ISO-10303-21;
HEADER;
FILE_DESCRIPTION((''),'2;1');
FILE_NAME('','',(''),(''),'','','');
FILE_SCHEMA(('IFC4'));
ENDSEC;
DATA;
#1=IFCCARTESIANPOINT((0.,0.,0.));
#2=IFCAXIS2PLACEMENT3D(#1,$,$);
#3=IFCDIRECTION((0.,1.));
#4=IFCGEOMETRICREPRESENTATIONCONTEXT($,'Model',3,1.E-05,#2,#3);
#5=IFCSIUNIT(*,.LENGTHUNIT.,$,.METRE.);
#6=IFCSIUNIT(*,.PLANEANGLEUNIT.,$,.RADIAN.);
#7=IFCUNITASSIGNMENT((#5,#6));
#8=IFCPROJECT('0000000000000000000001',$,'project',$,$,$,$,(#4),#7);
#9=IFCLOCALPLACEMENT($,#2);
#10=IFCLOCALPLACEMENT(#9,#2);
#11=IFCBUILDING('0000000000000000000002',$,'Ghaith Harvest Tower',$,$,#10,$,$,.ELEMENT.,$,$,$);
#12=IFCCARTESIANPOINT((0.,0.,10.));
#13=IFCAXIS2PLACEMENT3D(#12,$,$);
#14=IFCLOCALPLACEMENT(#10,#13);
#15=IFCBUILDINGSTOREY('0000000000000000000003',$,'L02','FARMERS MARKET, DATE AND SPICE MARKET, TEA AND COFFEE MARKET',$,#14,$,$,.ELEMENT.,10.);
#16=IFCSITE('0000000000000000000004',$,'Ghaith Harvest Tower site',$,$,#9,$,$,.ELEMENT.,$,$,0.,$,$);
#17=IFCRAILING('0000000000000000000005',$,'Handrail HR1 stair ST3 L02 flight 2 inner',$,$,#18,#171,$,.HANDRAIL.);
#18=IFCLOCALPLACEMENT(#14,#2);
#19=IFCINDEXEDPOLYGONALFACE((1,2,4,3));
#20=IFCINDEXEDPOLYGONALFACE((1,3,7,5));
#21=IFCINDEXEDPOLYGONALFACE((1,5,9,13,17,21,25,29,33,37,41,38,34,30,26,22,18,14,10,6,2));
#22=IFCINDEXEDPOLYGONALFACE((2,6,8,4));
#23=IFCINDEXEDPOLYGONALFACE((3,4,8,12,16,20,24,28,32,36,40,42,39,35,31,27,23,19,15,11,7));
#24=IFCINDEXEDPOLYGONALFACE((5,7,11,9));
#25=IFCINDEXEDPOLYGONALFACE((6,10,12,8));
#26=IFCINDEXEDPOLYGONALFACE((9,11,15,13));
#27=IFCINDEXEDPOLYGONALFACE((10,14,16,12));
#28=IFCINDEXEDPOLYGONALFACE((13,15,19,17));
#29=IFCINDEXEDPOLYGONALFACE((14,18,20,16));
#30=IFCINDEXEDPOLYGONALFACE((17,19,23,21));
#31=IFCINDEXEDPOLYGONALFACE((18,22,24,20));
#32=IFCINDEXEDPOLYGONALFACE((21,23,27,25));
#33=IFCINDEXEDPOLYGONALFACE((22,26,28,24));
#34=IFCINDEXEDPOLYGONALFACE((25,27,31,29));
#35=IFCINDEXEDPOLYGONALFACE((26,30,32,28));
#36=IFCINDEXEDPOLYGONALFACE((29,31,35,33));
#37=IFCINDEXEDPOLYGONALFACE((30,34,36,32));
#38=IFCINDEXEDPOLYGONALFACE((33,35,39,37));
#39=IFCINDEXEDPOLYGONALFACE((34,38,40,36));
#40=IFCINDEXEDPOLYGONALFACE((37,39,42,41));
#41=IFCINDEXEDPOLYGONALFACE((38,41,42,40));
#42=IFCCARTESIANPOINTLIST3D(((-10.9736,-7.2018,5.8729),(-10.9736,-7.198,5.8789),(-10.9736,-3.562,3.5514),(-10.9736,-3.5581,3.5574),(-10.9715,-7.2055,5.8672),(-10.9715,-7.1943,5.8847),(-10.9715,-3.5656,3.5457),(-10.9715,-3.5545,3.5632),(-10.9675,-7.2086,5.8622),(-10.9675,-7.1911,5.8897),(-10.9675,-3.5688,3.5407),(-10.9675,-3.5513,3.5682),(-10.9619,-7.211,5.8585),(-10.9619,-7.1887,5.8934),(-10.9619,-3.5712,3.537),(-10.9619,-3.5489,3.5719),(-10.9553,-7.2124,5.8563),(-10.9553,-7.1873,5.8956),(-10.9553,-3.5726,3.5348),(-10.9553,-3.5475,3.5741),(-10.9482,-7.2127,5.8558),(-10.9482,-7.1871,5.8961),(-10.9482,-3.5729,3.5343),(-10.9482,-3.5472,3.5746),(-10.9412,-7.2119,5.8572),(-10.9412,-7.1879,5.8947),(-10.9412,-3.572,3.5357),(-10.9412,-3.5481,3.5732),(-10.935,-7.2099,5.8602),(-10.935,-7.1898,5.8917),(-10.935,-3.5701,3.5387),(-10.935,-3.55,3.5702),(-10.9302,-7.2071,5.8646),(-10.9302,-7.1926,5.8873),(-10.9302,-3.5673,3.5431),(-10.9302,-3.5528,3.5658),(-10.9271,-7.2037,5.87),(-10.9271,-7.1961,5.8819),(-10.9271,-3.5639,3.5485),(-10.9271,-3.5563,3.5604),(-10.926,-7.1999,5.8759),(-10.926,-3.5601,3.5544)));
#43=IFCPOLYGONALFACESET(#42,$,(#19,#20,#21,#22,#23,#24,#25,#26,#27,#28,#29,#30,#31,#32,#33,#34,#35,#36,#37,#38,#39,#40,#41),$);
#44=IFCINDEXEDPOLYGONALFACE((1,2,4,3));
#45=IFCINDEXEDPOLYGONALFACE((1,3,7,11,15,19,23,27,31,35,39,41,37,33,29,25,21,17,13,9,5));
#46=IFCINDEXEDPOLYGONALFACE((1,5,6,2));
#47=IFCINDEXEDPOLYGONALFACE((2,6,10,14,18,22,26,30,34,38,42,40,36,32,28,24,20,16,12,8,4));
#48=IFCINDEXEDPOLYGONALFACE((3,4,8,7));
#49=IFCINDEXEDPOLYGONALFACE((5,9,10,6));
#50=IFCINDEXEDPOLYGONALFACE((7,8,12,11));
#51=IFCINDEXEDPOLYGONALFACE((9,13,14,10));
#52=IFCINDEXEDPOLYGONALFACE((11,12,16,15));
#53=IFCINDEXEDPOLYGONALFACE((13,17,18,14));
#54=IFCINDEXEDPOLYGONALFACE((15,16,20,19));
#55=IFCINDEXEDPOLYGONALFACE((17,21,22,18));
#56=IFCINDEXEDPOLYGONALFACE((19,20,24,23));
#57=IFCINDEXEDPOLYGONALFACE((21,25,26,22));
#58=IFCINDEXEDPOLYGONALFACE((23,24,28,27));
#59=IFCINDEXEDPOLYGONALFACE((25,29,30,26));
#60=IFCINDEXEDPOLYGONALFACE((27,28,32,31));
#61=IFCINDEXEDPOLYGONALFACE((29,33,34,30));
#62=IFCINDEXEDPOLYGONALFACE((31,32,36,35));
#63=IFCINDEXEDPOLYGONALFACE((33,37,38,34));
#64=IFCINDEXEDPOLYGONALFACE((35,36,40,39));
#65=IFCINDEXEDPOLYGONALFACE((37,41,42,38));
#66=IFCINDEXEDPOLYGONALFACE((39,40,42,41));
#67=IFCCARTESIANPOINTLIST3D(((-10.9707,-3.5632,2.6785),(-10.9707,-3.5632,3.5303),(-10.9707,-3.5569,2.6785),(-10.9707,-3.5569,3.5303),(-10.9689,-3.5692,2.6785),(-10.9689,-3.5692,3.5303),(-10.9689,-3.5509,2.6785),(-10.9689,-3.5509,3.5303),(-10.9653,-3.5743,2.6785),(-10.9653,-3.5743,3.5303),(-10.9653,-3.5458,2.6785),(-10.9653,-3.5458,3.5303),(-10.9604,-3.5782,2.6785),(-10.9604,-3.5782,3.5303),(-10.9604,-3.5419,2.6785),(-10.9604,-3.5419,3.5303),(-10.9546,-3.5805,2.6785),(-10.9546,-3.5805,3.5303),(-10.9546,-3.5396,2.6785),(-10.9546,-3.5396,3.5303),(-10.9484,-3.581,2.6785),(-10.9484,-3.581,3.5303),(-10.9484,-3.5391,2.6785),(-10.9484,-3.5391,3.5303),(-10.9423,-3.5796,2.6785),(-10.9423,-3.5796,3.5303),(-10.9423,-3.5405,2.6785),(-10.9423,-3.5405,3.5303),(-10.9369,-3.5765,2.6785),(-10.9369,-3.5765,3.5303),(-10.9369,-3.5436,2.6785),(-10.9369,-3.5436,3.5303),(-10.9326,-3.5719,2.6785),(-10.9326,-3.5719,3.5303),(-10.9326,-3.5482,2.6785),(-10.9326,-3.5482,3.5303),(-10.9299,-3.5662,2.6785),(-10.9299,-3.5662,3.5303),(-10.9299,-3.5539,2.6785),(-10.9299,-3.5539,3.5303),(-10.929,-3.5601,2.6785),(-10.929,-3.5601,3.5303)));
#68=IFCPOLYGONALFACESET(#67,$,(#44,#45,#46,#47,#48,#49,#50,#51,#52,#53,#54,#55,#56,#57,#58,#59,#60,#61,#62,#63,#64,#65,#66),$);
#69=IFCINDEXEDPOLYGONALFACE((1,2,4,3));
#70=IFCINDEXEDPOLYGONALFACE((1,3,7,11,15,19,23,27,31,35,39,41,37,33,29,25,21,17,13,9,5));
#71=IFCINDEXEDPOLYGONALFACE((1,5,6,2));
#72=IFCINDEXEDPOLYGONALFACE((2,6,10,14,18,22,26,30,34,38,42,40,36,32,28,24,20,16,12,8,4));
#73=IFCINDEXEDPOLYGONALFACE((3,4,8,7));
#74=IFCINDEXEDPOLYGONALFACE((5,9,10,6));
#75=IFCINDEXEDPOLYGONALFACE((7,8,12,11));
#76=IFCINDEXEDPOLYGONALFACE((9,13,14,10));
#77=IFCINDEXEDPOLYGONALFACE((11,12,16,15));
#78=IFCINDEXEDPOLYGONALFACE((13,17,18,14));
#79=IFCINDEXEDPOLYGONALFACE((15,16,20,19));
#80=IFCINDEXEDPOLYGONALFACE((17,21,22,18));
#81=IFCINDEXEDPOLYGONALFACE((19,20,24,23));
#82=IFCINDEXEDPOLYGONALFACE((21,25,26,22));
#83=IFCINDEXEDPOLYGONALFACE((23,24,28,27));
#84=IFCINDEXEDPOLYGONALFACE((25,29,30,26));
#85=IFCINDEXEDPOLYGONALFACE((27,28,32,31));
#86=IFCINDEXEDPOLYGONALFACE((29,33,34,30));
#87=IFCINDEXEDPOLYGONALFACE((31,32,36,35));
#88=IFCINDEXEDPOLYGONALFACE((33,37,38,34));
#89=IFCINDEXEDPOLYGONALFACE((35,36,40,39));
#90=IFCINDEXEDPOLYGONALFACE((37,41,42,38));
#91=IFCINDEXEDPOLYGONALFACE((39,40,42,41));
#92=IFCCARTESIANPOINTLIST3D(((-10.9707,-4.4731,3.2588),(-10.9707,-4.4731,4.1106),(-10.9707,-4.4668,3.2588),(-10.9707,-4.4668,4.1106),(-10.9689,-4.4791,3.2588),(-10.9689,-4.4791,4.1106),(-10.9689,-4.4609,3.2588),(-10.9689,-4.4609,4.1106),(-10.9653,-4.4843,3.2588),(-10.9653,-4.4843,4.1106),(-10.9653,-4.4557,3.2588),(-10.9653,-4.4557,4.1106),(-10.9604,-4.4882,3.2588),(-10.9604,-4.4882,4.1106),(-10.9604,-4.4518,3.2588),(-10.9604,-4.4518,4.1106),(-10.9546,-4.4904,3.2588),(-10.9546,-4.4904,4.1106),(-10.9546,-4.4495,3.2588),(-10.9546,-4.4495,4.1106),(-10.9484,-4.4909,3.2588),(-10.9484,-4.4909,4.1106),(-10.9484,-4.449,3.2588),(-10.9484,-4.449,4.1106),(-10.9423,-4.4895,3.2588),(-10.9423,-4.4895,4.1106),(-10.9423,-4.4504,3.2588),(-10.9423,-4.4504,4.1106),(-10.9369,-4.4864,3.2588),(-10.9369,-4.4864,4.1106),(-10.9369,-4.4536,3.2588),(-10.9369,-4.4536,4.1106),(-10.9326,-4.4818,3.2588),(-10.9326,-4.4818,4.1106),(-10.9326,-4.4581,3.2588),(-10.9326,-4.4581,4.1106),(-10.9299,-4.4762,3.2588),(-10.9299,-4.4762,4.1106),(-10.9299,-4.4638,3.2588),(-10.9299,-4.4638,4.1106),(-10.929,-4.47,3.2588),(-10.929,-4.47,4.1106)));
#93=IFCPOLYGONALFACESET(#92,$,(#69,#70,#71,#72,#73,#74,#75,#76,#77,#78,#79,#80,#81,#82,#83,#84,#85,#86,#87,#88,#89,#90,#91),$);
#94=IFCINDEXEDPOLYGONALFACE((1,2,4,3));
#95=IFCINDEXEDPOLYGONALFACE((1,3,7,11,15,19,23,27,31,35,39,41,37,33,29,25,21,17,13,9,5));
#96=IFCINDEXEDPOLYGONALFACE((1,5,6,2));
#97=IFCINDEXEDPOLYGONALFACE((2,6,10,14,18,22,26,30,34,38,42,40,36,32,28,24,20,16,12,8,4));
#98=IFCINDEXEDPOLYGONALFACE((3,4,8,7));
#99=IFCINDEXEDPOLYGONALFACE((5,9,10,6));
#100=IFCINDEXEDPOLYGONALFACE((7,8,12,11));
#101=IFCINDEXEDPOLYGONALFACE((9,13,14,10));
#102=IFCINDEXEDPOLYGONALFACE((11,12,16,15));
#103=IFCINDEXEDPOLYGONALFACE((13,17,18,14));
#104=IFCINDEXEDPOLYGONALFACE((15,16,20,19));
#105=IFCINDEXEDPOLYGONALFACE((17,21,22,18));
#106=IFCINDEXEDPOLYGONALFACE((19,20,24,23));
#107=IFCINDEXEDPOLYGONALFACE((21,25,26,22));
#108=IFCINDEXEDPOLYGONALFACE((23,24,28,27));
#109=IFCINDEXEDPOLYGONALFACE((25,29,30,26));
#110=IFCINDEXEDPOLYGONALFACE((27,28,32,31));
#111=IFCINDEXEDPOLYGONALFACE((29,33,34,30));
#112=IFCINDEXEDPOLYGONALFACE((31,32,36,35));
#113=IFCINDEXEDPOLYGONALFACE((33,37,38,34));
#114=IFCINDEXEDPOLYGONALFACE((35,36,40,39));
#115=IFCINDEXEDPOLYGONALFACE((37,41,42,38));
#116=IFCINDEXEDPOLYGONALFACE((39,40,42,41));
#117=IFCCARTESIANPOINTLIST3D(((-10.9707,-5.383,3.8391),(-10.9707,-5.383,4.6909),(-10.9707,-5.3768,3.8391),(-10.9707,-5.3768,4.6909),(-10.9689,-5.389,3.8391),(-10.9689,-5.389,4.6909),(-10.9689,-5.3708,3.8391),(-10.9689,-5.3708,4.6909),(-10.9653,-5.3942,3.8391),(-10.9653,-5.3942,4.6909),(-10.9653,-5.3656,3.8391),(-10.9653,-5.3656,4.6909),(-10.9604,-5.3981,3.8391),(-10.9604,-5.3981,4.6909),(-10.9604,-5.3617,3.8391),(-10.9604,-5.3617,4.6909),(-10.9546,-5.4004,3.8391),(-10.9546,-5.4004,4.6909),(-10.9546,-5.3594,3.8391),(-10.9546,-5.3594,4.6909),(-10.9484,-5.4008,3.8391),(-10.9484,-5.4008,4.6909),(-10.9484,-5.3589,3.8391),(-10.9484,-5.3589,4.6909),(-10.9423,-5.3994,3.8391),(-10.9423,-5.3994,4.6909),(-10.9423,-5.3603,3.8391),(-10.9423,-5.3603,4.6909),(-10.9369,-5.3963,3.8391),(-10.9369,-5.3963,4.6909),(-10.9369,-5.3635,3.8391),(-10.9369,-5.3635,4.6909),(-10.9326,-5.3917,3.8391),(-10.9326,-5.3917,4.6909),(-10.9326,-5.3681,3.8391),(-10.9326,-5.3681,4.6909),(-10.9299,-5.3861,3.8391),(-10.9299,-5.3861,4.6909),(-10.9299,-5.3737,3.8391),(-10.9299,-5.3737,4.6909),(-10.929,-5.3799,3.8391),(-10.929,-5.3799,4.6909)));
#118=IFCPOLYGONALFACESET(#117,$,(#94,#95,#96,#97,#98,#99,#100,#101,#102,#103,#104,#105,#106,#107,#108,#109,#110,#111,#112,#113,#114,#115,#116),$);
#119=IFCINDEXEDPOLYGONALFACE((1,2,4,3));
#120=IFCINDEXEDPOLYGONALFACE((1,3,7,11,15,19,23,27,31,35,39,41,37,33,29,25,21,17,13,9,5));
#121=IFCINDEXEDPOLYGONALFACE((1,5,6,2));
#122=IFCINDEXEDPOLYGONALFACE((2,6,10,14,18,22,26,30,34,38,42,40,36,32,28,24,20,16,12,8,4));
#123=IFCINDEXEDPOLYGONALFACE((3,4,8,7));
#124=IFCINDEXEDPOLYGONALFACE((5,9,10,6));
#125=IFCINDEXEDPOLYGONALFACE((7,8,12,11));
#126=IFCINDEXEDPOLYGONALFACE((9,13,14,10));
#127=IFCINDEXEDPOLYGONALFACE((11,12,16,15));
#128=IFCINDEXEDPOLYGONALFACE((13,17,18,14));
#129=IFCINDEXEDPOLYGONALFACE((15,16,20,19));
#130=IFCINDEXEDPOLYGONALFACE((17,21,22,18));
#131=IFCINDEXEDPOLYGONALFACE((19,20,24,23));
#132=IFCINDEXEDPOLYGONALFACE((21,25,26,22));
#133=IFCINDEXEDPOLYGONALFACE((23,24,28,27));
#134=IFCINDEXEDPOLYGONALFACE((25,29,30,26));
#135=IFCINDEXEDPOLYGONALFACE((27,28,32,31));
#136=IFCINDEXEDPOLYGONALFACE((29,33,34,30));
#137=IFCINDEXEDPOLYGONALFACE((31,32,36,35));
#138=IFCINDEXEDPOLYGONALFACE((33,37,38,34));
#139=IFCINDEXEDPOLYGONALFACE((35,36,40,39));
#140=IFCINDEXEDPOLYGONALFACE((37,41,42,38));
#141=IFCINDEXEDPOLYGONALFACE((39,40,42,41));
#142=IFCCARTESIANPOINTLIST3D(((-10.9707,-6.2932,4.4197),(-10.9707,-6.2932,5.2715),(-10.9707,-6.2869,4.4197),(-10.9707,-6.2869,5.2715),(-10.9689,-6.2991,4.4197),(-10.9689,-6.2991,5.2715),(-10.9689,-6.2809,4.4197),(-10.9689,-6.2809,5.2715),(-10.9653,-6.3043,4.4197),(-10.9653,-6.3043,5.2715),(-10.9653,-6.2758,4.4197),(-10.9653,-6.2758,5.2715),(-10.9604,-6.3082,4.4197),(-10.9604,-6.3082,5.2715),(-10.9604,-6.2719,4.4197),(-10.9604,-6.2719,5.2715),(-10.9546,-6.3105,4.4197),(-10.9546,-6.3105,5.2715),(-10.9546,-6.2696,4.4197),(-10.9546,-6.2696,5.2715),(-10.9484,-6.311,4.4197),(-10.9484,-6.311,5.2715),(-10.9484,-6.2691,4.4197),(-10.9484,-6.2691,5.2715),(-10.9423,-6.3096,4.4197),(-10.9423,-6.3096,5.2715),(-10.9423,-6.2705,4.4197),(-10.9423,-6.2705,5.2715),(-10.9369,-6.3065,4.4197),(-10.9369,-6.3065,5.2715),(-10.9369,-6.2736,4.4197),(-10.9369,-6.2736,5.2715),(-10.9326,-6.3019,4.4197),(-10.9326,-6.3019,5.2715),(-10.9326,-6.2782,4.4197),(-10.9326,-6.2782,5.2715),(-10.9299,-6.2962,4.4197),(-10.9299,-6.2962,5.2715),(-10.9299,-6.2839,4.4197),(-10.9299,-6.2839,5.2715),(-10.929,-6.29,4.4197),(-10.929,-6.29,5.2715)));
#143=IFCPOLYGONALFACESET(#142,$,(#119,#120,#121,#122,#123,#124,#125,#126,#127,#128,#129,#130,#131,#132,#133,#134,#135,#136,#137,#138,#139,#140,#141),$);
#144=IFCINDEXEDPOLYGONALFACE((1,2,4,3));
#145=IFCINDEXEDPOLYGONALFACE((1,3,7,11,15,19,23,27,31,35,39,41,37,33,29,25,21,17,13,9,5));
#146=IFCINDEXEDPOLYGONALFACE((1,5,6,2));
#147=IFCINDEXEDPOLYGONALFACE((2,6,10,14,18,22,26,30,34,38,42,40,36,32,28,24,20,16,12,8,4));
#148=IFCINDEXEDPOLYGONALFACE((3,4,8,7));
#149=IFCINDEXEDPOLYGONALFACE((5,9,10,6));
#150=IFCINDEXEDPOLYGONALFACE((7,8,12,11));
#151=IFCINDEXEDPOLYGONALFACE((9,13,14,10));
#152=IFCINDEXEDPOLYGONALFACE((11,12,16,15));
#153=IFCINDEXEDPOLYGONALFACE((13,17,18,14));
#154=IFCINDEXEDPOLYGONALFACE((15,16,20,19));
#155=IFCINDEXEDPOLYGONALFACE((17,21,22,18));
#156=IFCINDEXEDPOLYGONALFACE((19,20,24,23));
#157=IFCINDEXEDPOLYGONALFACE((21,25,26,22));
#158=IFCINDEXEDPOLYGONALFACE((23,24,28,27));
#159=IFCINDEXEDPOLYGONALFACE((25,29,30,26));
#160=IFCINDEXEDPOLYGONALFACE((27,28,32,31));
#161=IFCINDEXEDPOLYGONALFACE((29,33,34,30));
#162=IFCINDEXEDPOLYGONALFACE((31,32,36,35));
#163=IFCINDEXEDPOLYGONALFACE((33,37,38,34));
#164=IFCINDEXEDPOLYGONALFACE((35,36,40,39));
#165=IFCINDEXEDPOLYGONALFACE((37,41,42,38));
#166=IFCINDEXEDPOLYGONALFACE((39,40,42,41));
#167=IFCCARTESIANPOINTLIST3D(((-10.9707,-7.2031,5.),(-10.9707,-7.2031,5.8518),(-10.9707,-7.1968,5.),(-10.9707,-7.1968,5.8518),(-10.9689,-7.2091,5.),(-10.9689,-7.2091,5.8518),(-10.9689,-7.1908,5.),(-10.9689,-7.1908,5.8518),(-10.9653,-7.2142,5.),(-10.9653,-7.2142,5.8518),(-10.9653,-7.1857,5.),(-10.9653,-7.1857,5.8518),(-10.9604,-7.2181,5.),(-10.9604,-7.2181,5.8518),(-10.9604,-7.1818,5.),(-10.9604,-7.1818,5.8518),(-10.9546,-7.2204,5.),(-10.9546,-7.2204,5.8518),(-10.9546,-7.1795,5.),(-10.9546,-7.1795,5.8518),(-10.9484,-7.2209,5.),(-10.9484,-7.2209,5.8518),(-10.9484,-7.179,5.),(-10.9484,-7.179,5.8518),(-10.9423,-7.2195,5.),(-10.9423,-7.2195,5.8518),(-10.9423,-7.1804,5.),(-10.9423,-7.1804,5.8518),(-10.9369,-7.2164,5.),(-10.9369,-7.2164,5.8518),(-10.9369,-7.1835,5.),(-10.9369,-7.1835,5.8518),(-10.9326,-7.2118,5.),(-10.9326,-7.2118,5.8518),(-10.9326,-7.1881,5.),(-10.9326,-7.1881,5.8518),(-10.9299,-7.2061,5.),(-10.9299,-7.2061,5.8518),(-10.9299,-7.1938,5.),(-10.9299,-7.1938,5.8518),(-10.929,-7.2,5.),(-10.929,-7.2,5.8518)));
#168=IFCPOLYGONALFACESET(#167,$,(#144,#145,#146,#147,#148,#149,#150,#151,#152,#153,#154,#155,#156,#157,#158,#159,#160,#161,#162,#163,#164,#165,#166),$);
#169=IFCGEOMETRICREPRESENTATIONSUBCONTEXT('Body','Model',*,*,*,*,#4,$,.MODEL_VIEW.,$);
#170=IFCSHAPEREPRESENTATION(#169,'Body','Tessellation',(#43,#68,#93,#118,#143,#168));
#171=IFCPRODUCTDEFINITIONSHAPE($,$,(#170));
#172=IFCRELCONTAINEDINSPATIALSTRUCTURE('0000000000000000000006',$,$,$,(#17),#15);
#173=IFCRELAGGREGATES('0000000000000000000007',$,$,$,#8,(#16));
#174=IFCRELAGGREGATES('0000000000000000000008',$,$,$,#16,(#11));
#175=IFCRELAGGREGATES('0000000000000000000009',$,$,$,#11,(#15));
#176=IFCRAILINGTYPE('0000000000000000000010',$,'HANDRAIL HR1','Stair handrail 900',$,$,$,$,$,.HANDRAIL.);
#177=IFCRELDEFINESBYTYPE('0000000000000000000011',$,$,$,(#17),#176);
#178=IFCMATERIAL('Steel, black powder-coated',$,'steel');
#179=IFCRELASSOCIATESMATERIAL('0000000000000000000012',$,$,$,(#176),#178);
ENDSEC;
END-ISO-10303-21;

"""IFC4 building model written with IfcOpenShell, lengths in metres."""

from ifc_helpers import new_model, si_unit, direction, frame, origin, origin_2d, place, context, subcontext, project, spatial, circle, extrude, material, type_object, element, save


model = new_model("IFC4")

# Units and contexts
model_context = context("Model", 3, precision=1e-05, world=origin(), true_north=direction((0.0, 1.0)))
body_context = subcontext(model_context, "Body", "Model", "MODEL_VIEW")
ifc_project = project(units=[si_unit("LENGTHUNIT", "METRE"), si_unit("PLANEANGLEUNIT", "RADIAN")], contexts=[model_context])

# Site, building, storey
site_placement = place(None, origin())
site = spatial("IfcSite", under=ifc_project, at=site_placement, Name="Ghaith Harvest Tower site", CompositionType="ELEMENT", RefElevation=0.0)
building_placement = place(site_placement, origin())
building = spatial("IfcBuilding", under=site, at=building_placement, Name="Ghaith Harvest Tower", CompositionType="ELEMENT")
storey_placement = place(building_placement, frame((0.0, 0.0, 10.0)))
storey = spatial("IfcBuildingStorey", under=building, at=storey_placement, Name="L02", Description="FARMERS MARKET, DATE AND SPICE MARKET, TEA AND COFFEE MARKET", CompositionType="ELEMENT", Elevation=10.0)

# Railing
ifc_material_1 = material(Name="Steel, black powder-coated", Category="steel")
railing_type = type_object("IfcRailingType", Name="HANDRAIL HR1", Description="Stair handrail 900", PredefinedType="HANDRAIL", material=ifc_material_1)
railing_1_placement = place(storey_placement, frame((-10.95, -3.5601, 2.6785)))
element("IfcRailing", 1, at=railing_1_placement, inside=storey, type_object=railing_type, Name="Handrail HR1 stair ST3 L02 flight 2 inner", PredefinedType="HANDRAIL", context=body_context, shape_type="SweptSolid", body=[
    extrude(circle(Radius=0.0239, at=origin_2d()), frame((0.0, 0.0, 0.876), z_axis=(0.0, -0.843112, 0.537739), x_axis=(1.0, 0.0, 0.0)), (0.0, 0.0, 1.0), 4.3171),
    extrude(circle(Radius=0.021, at=origin_2d()), origin(), (0.0, 0.0, 1.0), 0.8518),
    extrude(circle(Radius=0.021, at=origin_2d()), frame((0.0, -0.9099, 0.5803)), (0.0, 0.0, 1.0), 0.8518),
    extrude(circle(Radius=0.021, at=origin_2d()), frame((0.0, -1.8198, 1.1606)), (0.0, 0.0, 1.0), 0.8518),
    extrude(circle(Radius=0.021, at=origin_2d()), frame((0.0, -2.73, 1.7412)), (0.0, 0.0, 1.0), 0.8518),
    extrude(circle(Radius=0.021, at=origin_2d()), frame((0.0, -3.6399, 2.3215)), (0.0, 0.0, 1.0), 0.8518),
])

save(model, "model.ifc")
